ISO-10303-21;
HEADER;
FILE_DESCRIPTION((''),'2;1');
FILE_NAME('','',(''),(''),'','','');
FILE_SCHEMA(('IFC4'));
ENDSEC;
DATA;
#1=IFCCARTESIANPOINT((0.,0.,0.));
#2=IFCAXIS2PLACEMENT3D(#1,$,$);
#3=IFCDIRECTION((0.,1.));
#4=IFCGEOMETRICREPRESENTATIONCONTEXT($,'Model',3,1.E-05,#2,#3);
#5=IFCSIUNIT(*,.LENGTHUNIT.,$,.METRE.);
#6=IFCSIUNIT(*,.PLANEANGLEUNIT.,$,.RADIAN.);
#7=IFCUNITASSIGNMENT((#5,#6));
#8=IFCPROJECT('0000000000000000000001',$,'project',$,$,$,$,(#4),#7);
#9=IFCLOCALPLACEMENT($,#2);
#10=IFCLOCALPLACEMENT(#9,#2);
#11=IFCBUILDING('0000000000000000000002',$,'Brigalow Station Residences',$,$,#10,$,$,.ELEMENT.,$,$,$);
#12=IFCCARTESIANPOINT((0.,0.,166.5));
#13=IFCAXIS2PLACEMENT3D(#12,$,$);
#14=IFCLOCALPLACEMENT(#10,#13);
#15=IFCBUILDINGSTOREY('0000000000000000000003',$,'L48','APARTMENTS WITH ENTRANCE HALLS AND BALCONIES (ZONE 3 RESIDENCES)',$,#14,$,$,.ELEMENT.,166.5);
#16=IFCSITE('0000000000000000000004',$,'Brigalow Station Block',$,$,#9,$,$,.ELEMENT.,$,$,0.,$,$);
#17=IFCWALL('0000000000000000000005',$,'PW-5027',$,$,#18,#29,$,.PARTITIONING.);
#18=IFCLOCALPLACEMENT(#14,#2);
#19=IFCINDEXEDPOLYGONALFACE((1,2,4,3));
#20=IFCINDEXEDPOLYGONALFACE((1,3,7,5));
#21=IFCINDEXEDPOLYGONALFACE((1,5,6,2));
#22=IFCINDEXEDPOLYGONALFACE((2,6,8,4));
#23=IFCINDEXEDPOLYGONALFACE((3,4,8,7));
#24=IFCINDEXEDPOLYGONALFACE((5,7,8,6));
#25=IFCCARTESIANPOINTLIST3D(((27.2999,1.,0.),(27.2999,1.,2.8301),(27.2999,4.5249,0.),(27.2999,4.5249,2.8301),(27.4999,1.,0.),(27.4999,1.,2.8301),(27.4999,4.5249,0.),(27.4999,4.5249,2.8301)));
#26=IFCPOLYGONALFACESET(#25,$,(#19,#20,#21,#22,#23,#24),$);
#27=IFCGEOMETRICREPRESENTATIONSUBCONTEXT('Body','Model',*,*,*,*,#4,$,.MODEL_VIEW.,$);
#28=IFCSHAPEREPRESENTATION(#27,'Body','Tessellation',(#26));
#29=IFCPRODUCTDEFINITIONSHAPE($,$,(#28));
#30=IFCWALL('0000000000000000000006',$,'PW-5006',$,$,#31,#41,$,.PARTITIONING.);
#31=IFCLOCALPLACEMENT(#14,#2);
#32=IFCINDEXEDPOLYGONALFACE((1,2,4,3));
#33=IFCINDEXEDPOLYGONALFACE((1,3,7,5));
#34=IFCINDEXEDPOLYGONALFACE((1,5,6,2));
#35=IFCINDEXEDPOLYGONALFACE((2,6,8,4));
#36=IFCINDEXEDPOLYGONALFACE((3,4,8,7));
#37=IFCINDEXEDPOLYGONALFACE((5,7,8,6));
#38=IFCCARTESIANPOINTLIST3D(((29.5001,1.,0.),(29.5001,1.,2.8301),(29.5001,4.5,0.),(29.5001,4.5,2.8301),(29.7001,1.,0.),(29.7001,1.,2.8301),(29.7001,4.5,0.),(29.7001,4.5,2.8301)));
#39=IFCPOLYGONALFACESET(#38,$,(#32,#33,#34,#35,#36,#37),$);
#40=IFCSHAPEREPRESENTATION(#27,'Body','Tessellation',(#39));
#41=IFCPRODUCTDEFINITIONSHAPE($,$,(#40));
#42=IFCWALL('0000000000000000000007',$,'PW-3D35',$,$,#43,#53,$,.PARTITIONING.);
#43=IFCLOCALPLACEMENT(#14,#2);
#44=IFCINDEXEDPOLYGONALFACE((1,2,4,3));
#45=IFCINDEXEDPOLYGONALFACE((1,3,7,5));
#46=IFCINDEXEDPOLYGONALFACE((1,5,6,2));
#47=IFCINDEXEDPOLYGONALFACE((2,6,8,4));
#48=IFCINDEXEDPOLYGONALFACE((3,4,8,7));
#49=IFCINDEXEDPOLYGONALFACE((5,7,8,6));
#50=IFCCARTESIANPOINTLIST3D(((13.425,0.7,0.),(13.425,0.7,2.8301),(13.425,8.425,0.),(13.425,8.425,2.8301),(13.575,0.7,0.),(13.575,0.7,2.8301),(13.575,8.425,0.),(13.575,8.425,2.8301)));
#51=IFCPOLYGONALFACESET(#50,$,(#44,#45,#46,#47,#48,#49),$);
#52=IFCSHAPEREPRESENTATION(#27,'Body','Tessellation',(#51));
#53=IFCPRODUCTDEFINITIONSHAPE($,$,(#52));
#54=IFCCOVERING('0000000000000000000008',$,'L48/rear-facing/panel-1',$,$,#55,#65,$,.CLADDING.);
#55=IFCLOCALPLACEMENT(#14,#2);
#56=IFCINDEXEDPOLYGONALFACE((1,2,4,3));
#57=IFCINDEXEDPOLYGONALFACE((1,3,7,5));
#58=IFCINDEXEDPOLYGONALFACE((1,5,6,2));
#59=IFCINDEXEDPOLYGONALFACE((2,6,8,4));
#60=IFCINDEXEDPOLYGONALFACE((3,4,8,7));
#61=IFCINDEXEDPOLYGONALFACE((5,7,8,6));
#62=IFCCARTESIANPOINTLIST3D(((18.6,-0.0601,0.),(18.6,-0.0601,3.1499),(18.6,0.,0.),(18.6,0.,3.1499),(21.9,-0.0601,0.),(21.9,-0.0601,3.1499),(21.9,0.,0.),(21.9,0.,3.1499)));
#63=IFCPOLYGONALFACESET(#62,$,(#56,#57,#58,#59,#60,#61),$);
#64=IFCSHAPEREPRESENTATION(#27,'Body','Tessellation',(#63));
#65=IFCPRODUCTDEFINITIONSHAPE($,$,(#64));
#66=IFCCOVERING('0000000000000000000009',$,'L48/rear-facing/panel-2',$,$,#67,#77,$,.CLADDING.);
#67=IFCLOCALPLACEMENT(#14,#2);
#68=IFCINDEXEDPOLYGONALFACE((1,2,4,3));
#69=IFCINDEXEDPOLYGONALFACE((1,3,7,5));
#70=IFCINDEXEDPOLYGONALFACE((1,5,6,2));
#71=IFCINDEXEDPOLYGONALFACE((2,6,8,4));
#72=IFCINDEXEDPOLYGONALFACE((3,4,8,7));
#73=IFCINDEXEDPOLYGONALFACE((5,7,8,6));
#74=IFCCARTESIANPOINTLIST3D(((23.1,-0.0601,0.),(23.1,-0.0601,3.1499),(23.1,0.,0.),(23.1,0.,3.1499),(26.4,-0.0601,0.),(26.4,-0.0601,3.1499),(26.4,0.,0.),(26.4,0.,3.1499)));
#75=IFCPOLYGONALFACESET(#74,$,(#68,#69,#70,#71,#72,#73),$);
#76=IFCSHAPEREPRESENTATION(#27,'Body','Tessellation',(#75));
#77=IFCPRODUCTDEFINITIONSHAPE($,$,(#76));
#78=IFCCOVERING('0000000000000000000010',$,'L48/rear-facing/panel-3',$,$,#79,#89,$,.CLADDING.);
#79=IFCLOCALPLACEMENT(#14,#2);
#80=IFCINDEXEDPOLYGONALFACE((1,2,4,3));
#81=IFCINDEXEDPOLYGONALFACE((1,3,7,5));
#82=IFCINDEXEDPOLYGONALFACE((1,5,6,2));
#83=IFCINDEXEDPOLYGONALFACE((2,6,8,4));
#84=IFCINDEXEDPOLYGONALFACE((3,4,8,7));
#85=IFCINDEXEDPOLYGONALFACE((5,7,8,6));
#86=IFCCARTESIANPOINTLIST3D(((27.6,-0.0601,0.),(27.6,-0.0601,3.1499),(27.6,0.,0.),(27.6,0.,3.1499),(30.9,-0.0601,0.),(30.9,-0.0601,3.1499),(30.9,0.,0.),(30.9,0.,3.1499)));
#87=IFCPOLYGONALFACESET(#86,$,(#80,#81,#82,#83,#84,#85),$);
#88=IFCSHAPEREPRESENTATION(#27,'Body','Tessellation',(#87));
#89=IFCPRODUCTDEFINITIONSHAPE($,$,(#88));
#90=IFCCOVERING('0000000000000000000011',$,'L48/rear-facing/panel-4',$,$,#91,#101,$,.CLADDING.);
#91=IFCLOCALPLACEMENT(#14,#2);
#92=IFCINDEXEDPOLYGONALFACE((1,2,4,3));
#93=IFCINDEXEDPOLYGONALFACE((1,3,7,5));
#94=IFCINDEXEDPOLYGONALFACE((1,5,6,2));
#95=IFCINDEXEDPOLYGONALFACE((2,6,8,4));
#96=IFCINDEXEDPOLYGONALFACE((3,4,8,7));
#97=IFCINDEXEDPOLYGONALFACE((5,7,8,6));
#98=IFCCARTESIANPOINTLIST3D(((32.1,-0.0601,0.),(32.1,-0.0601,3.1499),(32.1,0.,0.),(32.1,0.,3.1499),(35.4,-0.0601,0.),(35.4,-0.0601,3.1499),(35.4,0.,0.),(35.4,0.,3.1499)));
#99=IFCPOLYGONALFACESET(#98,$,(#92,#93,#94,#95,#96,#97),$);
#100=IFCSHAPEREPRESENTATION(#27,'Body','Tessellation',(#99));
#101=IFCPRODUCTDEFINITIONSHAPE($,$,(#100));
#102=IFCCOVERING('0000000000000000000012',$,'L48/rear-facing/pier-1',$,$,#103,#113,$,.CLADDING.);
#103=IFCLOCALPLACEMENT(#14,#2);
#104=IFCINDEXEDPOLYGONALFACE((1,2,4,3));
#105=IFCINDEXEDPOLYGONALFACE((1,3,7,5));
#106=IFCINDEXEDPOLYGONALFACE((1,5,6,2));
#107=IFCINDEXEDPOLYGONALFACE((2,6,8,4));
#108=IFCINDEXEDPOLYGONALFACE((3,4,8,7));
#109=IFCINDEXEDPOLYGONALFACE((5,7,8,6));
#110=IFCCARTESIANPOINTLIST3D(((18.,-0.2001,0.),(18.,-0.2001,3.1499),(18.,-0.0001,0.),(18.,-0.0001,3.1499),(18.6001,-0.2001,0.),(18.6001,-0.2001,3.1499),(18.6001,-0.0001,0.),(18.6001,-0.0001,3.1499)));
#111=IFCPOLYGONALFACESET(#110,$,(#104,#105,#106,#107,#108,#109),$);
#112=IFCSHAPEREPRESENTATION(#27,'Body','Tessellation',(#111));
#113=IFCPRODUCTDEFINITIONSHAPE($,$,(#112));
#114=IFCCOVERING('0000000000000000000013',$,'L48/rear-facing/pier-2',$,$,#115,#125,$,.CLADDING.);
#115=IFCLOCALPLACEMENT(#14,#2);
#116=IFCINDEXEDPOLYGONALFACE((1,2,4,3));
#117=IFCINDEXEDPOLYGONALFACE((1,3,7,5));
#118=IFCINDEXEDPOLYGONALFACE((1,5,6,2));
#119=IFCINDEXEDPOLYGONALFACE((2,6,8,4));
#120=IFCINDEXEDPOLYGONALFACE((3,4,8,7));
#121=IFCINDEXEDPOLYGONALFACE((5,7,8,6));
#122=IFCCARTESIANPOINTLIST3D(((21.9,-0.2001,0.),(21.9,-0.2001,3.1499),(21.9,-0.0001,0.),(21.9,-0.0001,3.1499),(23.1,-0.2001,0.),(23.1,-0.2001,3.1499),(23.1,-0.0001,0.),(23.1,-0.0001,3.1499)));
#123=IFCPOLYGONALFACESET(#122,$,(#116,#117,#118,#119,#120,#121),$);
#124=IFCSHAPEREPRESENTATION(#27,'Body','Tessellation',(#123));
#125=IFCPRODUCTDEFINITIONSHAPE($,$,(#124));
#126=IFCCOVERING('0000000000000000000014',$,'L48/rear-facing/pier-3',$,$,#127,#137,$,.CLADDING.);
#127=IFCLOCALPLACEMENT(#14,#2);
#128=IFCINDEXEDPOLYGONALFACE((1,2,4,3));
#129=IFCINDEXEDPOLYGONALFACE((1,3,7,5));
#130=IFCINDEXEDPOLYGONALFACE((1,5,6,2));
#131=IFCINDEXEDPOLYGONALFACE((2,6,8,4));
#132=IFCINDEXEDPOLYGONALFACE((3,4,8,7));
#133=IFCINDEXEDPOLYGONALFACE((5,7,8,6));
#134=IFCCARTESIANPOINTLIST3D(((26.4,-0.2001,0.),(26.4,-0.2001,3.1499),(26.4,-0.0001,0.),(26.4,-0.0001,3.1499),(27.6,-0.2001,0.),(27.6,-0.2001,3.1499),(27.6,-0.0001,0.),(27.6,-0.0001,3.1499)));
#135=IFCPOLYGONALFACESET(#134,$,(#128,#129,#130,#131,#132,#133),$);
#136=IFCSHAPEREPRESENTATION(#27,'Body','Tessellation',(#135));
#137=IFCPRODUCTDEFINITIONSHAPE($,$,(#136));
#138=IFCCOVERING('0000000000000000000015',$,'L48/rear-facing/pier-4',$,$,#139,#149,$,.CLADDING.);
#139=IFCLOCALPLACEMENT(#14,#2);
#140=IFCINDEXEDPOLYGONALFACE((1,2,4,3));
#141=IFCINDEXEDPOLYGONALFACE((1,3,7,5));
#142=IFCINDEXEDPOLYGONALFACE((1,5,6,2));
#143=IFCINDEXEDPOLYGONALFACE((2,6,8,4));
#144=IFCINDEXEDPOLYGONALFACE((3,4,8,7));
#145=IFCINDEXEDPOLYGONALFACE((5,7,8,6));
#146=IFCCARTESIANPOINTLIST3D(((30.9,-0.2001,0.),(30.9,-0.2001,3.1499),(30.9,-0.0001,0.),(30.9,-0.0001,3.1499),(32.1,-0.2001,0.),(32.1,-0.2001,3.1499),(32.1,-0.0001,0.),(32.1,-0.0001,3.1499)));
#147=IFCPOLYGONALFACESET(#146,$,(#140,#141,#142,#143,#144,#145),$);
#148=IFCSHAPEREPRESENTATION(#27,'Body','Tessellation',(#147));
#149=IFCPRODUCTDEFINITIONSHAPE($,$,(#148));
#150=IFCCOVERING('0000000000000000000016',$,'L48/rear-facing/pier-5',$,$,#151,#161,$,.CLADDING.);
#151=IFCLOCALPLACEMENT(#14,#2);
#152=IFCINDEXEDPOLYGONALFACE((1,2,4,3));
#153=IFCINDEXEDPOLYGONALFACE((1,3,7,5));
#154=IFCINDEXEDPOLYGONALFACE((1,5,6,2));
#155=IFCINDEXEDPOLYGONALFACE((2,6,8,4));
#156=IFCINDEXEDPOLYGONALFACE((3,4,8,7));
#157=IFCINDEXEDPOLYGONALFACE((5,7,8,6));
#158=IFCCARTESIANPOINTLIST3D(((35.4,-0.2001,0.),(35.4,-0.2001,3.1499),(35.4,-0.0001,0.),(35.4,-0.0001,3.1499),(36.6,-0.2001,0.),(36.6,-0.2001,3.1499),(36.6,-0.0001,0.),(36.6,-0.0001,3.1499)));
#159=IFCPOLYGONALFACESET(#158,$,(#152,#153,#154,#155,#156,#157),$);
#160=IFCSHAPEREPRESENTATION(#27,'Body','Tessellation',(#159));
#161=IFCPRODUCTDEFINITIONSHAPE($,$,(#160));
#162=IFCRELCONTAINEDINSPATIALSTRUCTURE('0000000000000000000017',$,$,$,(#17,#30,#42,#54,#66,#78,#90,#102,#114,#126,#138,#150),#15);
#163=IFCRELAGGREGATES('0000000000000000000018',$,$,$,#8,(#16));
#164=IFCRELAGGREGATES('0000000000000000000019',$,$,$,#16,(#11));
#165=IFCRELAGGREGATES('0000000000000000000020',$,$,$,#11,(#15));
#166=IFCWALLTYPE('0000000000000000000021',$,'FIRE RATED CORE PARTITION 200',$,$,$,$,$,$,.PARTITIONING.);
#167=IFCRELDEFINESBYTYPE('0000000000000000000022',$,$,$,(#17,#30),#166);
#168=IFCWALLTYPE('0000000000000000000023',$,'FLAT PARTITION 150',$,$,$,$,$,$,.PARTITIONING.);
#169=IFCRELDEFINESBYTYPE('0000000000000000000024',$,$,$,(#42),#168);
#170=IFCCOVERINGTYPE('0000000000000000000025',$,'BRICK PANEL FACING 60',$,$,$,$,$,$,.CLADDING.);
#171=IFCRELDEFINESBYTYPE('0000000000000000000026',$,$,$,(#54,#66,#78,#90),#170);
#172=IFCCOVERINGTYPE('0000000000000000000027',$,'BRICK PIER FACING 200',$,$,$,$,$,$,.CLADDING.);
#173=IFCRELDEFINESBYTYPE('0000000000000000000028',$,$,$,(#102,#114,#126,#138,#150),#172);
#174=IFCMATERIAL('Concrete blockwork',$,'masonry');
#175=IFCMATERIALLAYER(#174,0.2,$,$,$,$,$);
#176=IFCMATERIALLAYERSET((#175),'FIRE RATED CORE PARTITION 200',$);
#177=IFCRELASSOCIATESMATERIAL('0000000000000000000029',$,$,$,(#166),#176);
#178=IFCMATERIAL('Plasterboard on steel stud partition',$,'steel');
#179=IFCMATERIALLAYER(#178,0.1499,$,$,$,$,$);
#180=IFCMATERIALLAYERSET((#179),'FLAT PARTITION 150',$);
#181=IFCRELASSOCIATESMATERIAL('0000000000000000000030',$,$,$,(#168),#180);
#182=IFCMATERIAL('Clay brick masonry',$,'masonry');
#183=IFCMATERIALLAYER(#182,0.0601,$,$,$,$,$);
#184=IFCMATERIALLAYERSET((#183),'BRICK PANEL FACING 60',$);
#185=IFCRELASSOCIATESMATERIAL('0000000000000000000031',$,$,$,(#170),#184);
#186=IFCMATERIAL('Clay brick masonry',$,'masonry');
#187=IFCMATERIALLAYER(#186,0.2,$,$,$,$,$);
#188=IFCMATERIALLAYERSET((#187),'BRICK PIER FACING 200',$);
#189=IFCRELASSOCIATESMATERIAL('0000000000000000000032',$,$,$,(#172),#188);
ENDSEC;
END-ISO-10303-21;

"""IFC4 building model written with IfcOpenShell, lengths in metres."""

from ifc_helpers import new_model, si_unit, direction, frame, frame_2d, origin, origin_2d, place, context, subcontext, project, spatial, rectangle, extrude, material, layer, layer_set, type_object, element, save


model = new_model("IFC4")

# Units and contexts
model_context = context("Model", 3, precision=1e-05, world=origin(), true_north=direction((0.0, 1.0)))
body_context = subcontext(model_context, "Body", "Model", "MODEL_VIEW")
ifc_project = project(units=[si_unit("LENGTHUNIT", "METRE"), si_unit("PLANEANGLEUNIT", "RADIAN")], contexts=[model_context])

# Site, building, storey
site_placement = place(None, origin())
site = spatial("IfcSite", under=ifc_project, at=site_placement, Name="Brigalow Station Block", CompositionType="ELEMENT", RefElevation=0.0)
building_placement = place(site_placement, origin())
building = spatial("IfcBuilding", under=site, at=building_placement, Name="Brigalow Station Residences", CompositionType="ELEMENT")
storey_placement = place(building_placement, frame((0.0, 0.0, 166.5)))
storey = spatial("IfcBuildingStorey", under=building, at=storey_placement, Name="L48", Description="APARTMENTS WITH ENTRANCE HALLS AND BALCONIES (ZONE 3 RESIDENCES)", CompositionType="ELEMENT", Elevation=166.5)

# Walls
ifc_material_1 = material(Name="Concrete blockwork", Category="masonry")
ifc_layer_1 = layer(ifc_material_1, 0.2)
ifc_layer_set_1 = layer_set([ifc_layer_1], Name="FIRE RATED CORE PARTITION 200")
wall_type_1 = type_object("IfcWallType", Name="FIRE RATED CORE PARTITION 200", PredefinedType="PARTITIONING", material=ifc_layer_set_1)
wall_1_placement = place(storey_placement, frame((27.3999, 1.0, 0.0), z_axis=(0.0, 0.0, 1.0), x_axis=(0.0, 1.0, 0.0)))
element("IfcWall", 1, at=wall_1_placement, inside=storey, type_object=wall_type_1, Name="PW-5027", PredefinedType="PARTITIONING", context=body_context, shape_type="SweptSolid", body=[
    extrude(rectangle(XDim=3.5249, YDim=0.2, at=frame_2d((1.7625, 0.0))), origin(), (0.0, 0.0, 1.0), 2.8301),
])
wall_2_placement = place(storey_placement, frame((29.6001, 1.0, 0.0), z_axis=(0.0, 0.0, 1.0), x_axis=(0.0, 1.0, 0.0)))
element("IfcWall", 2, at=wall_2_placement, inside=storey, type_object=wall_type_1, Name="PW-5006", PredefinedType="PARTITIONING", context=body_context, shape_type="SweptSolid", body=[
    extrude(rectangle(XDim=3.5, YDim=0.2, at=frame_2d((1.75, 0.0))), origin(), (0.0, 0.0, 1.0), 2.8301),
])
ifc_material_2 = material(Name="Plasterboard on steel stud partition", Category="steel")
ifc_layer_2 = layer(ifc_material_2, 0.1499)
ifc_layer_set_2 = layer_set([ifc_layer_2], Name="FLAT PARTITION 150")
wall_type_2 = type_object("IfcWallType", Name="FLAT PARTITION 150", PredefinedType="PARTITIONING", material=ifc_layer_set_2)
wall_3_placement = place(storey_placement, frame((13.5, 0.7, 0.0), z_axis=(0.0, 0.0, 1.0), x_axis=(0.0, 1.0, 0.0)))
element("IfcWall", 3, at=wall_3_placement, inside=storey, type_object=wall_type_2, Name="PW-3D35", PredefinedType="PARTITIONING", context=body_context, shape_type="SweptSolid", body=[
    extrude(rectangle(XDim=7.7251, YDim=0.1499, at=frame_2d((3.8625, 0.0))), origin(), (0.0, 0.0, 1.0), 2.8301),
])

# Coverings
ifc_material_3 = material(Name="Clay brick masonry", Category="masonry")
ifc_layer_3 = layer(ifc_material_3, 0.0601)
ifc_layer_set_3 = layer_set([ifc_layer_3], Name="BRICK PANEL FACING 60")
covering_type_1 = type_object("IfcCoveringType", Name="BRICK PANEL FACING 60", PredefinedType="CLADDING", material=ifc_layer_set_3)
for number, where, z_axis, x_axis, name in (
    (4, (20.25, -0.03, 0.0), (0.0, 0.0, 1.0), (1.0, 0.0, 0.0), "L48/rear-facing/panel-1"),
    (5, (24.75, -0.03, 0.0), (0.0, 0.0, 1.0), (1.0, 0.0, 0.0), "L48/rear-facing/panel-2"),
    (6, (29.25, -0.03, 0.0), (0.0, 0.0, 1.0), (1.0, 0.0, 0.0), "L48/rear-facing/panel-3"),
    (7, (33.75, -0.03, 0.0), (0.0, 0.0, 1.0), (1.0, 0.0, 0.0), "L48/rear-facing/panel-4"),
):
    element("IfcCovering", number, at=place(storey_placement, frame(where, z_axis=z_axis, x_axis=x_axis)), inside=storey, type_object=covering_type_1, Name=name, PredefinedType="CLADDING", context=body_context, shape_type="SweptSolid", body=[
        extrude(rectangle(XDim=3.3, YDim=0.0601, at=origin_2d()), origin(), (0.0, 0.0, 1.0), 3.1499),
    ])
ifc_material_4 = material(Name="Clay brick masonry", Category="masonry")
ifc_layer_4 = layer(ifc_material_4, 0.2)
ifc_layer_set_4 = layer_set([ifc_layer_4], Name="BRICK PIER FACING 200")
covering_type_2 = type_object("IfcCoveringType", Name="BRICK PIER FACING 200", PredefinedType="CLADDING", material=ifc_layer_set_4)
covering_placement = place(storey_placement, frame((18.3, -0.1001, 0.0), z_axis=(0.0, 0.0, 1.0), x_axis=(1.0, 0.0, 0.0)))
element("IfcCovering", 8, at=covering_placement, inside=storey, type_object=covering_type_2, Name="L48/rear-facing/pier-1", PredefinedType="CLADDING", context=body_context, shape_type="SweptSolid", body=[
    extrude(rectangle(XDim=0.6001, YDim=0.2, at=origin_2d()), origin(), (0.0, 0.0, 1.0), 3.1499),
])
for number, where, z_axis, x_axis, name in (
    (9, (22.5, -0.1001, 0.0), (0.0, 0.0, 1.0), (1.0, 0.0, 0.0), "L48/rear-facing/pier-2"),
    (10, (27.0, -0.1001, 0.0), (0.0, 0.0, 1.0), (1.0, 0.0, 0.0), "L48/rear-facing/pier-3"),
    (11, (31.5, -0.1001, 0.0), (0.0, 0.0, 1.0), (1.0, 0.0, 0.0), "L48/rear-facing/pier-4"),
    (12, (36.0, -0.1001, 0.0), (0.0, 0.0, 1.0), (1.0, 0.0, 0.0), "L48/rear-facing/pier-5"),
):
    element("IfcCovering", number, at=place(storey_placement, frame(where, z_axis=z_axis, x_axis=x_axis)), inside=storey, type_object=covering_type_2, Name=name, PredefinedType="CLADDING", context=body_context, shape_type="SweptSolid", body=[
        extrude(rectangle(XDim=1.2, YDim=0.2, at=origin_2d()), origin(), (0.0, 0.0, 1.0), 3.1499),
    ])

save(model, "model.ifc")
